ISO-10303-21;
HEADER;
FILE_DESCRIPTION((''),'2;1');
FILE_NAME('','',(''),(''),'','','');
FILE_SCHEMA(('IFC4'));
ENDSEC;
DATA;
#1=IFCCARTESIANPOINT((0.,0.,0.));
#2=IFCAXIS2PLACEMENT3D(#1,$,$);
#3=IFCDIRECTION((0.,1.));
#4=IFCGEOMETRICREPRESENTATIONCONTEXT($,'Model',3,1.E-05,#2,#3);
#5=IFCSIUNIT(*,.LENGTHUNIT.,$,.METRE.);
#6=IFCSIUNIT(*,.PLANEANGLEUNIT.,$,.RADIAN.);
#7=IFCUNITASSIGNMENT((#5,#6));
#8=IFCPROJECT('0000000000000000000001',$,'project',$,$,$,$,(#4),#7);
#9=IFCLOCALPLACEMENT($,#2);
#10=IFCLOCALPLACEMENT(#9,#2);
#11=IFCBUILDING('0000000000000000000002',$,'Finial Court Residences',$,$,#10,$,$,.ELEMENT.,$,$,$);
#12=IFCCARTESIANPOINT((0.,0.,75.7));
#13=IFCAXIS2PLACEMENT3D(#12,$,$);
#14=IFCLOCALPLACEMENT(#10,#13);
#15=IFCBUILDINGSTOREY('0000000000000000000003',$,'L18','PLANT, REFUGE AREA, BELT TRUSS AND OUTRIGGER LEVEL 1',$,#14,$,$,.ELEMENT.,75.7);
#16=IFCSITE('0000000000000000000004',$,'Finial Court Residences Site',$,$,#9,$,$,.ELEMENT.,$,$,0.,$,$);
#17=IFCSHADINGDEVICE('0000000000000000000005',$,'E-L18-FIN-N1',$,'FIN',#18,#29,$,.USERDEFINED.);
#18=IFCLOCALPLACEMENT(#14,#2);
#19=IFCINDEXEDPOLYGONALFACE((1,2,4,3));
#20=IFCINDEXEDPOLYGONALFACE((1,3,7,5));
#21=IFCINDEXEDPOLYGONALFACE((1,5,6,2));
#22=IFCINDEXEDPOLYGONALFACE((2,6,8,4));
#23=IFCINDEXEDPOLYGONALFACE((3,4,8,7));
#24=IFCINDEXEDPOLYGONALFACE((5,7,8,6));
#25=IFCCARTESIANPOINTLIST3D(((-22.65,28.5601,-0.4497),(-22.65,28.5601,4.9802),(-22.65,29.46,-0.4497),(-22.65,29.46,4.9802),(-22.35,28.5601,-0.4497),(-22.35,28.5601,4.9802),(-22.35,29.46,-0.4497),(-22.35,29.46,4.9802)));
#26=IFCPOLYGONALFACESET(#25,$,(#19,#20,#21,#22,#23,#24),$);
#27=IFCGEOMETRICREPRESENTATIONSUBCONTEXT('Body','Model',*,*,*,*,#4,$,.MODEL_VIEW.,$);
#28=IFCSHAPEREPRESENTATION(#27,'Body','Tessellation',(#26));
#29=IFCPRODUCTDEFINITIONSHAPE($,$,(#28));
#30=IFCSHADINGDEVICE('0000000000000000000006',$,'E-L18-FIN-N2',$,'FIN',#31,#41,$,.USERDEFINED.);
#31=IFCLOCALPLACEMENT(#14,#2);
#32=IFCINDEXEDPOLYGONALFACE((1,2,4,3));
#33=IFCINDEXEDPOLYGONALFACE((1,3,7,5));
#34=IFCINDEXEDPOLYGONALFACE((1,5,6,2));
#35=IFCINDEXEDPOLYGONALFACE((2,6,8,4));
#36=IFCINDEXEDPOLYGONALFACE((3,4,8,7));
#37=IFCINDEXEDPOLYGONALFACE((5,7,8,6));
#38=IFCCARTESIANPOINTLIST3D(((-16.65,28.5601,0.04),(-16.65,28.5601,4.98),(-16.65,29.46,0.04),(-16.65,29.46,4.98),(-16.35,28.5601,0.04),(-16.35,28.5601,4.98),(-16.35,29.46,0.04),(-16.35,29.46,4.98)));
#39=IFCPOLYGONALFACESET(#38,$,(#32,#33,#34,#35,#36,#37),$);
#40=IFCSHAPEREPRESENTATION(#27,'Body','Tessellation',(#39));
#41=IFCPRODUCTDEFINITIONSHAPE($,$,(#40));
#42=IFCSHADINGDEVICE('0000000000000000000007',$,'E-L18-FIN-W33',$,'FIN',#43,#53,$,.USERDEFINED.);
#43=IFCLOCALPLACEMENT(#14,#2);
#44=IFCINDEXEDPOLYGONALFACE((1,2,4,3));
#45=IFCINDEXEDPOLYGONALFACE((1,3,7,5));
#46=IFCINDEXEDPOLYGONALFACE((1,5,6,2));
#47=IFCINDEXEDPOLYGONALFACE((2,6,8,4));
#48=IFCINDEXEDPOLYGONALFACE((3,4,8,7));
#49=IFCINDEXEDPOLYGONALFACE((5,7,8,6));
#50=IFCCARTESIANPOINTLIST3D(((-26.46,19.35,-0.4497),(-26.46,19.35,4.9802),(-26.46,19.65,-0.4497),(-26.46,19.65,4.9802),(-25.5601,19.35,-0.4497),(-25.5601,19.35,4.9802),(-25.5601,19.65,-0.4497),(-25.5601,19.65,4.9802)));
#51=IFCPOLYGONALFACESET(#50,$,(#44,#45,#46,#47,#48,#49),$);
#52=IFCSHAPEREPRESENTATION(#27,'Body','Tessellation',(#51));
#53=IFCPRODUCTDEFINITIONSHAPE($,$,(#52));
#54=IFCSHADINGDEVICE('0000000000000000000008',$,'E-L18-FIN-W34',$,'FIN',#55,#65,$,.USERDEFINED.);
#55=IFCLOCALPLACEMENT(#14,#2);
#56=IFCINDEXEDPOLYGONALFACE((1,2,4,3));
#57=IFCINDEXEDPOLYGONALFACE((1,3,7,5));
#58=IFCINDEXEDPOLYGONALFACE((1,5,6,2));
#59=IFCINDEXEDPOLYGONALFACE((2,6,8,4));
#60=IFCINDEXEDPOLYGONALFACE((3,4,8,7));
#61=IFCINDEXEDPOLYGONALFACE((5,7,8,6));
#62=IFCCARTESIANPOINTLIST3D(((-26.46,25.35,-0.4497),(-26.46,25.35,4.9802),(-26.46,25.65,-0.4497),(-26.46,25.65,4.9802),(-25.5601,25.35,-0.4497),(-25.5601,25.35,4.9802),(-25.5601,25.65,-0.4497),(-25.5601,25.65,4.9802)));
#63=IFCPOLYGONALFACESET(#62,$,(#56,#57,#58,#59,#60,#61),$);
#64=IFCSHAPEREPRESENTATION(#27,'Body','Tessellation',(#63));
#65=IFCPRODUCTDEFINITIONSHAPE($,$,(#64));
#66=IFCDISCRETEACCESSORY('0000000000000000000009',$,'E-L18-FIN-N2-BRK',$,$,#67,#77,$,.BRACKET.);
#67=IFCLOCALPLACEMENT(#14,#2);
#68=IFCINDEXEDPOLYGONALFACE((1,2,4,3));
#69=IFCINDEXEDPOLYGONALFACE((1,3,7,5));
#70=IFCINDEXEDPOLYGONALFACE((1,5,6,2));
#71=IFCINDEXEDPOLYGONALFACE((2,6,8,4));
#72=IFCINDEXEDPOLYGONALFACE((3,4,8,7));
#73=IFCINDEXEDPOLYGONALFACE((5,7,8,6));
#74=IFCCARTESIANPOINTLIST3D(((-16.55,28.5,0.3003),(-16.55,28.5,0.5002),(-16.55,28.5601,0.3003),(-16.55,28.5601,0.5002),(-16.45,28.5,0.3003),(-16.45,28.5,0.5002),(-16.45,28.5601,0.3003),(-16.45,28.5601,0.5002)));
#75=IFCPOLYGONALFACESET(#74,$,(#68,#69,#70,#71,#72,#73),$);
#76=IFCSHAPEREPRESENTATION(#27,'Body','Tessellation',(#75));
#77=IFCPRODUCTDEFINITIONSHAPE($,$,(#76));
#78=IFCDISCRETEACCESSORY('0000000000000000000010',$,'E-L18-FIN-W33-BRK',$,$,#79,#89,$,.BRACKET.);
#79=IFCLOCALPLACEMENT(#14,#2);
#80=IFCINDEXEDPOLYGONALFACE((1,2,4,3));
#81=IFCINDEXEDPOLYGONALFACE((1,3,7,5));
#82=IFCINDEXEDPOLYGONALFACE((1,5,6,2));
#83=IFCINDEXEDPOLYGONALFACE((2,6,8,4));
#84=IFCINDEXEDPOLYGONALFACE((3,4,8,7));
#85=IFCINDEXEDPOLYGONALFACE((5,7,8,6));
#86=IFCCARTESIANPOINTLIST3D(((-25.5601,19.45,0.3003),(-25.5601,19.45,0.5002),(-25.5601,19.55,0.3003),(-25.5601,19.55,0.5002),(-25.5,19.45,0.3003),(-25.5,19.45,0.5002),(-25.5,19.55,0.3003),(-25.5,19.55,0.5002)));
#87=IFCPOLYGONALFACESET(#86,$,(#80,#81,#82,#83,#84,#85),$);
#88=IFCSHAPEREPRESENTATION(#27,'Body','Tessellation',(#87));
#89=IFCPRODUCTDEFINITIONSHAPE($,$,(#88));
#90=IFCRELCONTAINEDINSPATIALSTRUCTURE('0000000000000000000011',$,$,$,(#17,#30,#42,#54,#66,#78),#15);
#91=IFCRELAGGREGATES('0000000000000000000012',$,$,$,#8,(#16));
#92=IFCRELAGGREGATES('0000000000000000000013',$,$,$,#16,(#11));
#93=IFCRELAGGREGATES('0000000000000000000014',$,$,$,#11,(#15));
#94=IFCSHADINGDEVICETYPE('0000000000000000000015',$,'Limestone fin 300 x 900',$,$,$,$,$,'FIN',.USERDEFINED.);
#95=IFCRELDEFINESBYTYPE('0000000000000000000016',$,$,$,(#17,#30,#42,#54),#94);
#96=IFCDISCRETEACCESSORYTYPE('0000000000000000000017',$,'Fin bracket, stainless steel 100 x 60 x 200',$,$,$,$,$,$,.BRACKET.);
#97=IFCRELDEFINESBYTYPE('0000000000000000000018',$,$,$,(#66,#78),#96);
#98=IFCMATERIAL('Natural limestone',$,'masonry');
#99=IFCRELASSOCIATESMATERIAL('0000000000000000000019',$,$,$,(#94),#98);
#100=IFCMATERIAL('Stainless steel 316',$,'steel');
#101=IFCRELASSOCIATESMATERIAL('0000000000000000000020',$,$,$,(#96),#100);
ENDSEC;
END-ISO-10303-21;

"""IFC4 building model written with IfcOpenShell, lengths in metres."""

from ifc_helpers import new_model, si_unit, direction, frame, origin, origin_2d, place, context, subcontext, project, spatial, rectangle, extrude, material, type_object, element, save


model = new_model("IFC4")

# Units and contexts
model_context = context("Model", 3, precision=1e-05, world=origin(), true_north=direction((0.0, 1.0)))
body_context = subcontext(model_context, "Body", "Model", "MODEL_VIEW")
ifc_project = project(units=[si_unit("LENGTHUNIT", "METRE"), si_unit("PLANEANGLEUNIT", "RADIAN")], contexts=[model_context])

# Site, building, storey
site_placement = place(None, origin())
site = spatial("IfcSite", under=ifc_project, at=site_placement, Name="Finial Court Residences Site", CompositionType="ELEMENT", RefElevation=0.0)
building_placement = place(site_placement, origin())
building = spatial("IfcBuilding", under=site, at=building_placement, Name="Finial Court Residences", CompositionType="ELEMENT")
storey_placement = place(building_placement, frame((0.0, 0.0, 75.7)))
storey = spatial("IfcBuildingStorey", under=building, at=storey_placement, Name="L18", Description="PLANT, REFUGE AREA, BELT TRUSS AND OUTRIGGER LEVEL 1", CompositionType="ELEMENT", Elevation=75.7)

# Shared definitions
ifc_material_1 = material(Name="Natural limestone", Category="masonry")

# Shading devices
shading_device_type = type_object("IfcShadingDeviceType", Name="Limestone fin 300 x 900", ElementType="FIN", PredefinedType="USERDEFINED", material=ifc_material_1)
shading_device_1_placement = place(storey_placement, frame((-22.5, 29.01, -0.4497), z_axis=(0.0, 0.0, 1.0), x_axis=(1.0, 0.0, 0.0)))
element("IfcShadingDevice", 1, at=shading_device_1_placement, inside=storey, type_object=shading_device_type, Name="E-L18-FIN-N1", ObjectType="FIN", PredefinedType="USERDEFINED", context=body_context, shape_type="SweptSolid", body=[
    extrude(rectangle(XDim=0.3, YDim=0.8999, at=origin_2d()), origin(), (0.0, 0.0, 1.0), 5.4299),
])
shading_device_2_placement = place(storey_placement, frame((-16.5, 29.01, 0.04), z_axis=(0.0, 0.0, 1.0), x_axis=(1.0, 0.0, 0.0)))
element("IfcShadingDevice", 2, at=shading_device_2_placement, inside=storey, type_object=shading_device_type, Name="E-L18-FIN-N2", ObjectType="FIN", PredefinedType="USERDEFINED", context=body_context, shape_type="SweptSolid", body=[
    extrude(rectangle(XDim=0.3, YDim=0.8999, at=origin_2d()), origin(), (0.0, 0.0, 1.0), 4.9399),
])
for number, where, z_axis, x_axis, name in (
    (3, (-26.01, 19.5, -0.4497), (0.0, 0.0, 1.0), (1.0, 0.0, 0.0), "E-L18-FIN-W33"),
    (4, (-26.01, 25.5, -0.4497), (0.0, 0.0, 1.0), (1.0, 0.0, 0.0), "E-L18-FIN-W34"),
):
    element("IfcShadingDevice", number, at=place(storey_placement, frame(where, z_axis=z_axis, x_axis=x_axis)), inside=storey, type_object=shading_device_type, Name=name, ObjectType="FIN", PredefinedType="USERDEFINED", context=body_context, shape_type="SweptSolid", body=[
        extrude(rectangle(XDim=0.8999, YDim=0.3, at=origin_2d()), origin(), (0.0, 0.0, 1.0), 5.4299),
    ])

# Discrete accessories
ifc_material_2 = material(Name="Stainless steel 316", Category="steel")
discrete_accessory_type = type_object("IfcDiscreteAccessoryType", Name="Fin bracket, stainless steel 100 x 60 x 200", PredefinedType="BRACKET", material=ifc_material_2)
discrete_accessory_1_placement = place(storey_placement, frame((-16.5, 28.53, 0.3003), z_axis=(0.0, 0.0, 1.0), x_axis=(1.0, 0.0, 0.0)))
element("IfcDiscreteAccessory", 5, at=discrete_accessory_1_placement, inside=storey, type_object=discrete_accessory_type, Name="E-L18-FIN-N2-BRK", PredefinedType="BRACKET", context=body_context, shape_type="SweptSolid", body=[
    extrude(rectangle(XDim=0.1001, YDim=0.0601, at=origin_2d()), origin(), (0.0, 0.0, 1.0), 0.2),
])
discrete_accessory_2_placement = place(storey_placement, frame((-25.53, 19.5, 0.3003), z_axis=(0.0, 0.0, 1.0), x_axis=(1.0, 0.0, 0.0)))
element("IfcDiscreteAccessory", 6, at=discrete_accessory_2_placement, inside=storey, type_object=discrete_accessory_type, Name="E-L18-FIN-W33-BRK", PredefinedType="BRACKET", context=body_context, shape_type="SweptSolid", body=[
    extrude(rectangle(XDim=0.0601, YDim=0.1001, at=origin_2d()), origin(), (0.0, 0.0, 1.0), 0.2),
])

save(model, "model.ifc")
